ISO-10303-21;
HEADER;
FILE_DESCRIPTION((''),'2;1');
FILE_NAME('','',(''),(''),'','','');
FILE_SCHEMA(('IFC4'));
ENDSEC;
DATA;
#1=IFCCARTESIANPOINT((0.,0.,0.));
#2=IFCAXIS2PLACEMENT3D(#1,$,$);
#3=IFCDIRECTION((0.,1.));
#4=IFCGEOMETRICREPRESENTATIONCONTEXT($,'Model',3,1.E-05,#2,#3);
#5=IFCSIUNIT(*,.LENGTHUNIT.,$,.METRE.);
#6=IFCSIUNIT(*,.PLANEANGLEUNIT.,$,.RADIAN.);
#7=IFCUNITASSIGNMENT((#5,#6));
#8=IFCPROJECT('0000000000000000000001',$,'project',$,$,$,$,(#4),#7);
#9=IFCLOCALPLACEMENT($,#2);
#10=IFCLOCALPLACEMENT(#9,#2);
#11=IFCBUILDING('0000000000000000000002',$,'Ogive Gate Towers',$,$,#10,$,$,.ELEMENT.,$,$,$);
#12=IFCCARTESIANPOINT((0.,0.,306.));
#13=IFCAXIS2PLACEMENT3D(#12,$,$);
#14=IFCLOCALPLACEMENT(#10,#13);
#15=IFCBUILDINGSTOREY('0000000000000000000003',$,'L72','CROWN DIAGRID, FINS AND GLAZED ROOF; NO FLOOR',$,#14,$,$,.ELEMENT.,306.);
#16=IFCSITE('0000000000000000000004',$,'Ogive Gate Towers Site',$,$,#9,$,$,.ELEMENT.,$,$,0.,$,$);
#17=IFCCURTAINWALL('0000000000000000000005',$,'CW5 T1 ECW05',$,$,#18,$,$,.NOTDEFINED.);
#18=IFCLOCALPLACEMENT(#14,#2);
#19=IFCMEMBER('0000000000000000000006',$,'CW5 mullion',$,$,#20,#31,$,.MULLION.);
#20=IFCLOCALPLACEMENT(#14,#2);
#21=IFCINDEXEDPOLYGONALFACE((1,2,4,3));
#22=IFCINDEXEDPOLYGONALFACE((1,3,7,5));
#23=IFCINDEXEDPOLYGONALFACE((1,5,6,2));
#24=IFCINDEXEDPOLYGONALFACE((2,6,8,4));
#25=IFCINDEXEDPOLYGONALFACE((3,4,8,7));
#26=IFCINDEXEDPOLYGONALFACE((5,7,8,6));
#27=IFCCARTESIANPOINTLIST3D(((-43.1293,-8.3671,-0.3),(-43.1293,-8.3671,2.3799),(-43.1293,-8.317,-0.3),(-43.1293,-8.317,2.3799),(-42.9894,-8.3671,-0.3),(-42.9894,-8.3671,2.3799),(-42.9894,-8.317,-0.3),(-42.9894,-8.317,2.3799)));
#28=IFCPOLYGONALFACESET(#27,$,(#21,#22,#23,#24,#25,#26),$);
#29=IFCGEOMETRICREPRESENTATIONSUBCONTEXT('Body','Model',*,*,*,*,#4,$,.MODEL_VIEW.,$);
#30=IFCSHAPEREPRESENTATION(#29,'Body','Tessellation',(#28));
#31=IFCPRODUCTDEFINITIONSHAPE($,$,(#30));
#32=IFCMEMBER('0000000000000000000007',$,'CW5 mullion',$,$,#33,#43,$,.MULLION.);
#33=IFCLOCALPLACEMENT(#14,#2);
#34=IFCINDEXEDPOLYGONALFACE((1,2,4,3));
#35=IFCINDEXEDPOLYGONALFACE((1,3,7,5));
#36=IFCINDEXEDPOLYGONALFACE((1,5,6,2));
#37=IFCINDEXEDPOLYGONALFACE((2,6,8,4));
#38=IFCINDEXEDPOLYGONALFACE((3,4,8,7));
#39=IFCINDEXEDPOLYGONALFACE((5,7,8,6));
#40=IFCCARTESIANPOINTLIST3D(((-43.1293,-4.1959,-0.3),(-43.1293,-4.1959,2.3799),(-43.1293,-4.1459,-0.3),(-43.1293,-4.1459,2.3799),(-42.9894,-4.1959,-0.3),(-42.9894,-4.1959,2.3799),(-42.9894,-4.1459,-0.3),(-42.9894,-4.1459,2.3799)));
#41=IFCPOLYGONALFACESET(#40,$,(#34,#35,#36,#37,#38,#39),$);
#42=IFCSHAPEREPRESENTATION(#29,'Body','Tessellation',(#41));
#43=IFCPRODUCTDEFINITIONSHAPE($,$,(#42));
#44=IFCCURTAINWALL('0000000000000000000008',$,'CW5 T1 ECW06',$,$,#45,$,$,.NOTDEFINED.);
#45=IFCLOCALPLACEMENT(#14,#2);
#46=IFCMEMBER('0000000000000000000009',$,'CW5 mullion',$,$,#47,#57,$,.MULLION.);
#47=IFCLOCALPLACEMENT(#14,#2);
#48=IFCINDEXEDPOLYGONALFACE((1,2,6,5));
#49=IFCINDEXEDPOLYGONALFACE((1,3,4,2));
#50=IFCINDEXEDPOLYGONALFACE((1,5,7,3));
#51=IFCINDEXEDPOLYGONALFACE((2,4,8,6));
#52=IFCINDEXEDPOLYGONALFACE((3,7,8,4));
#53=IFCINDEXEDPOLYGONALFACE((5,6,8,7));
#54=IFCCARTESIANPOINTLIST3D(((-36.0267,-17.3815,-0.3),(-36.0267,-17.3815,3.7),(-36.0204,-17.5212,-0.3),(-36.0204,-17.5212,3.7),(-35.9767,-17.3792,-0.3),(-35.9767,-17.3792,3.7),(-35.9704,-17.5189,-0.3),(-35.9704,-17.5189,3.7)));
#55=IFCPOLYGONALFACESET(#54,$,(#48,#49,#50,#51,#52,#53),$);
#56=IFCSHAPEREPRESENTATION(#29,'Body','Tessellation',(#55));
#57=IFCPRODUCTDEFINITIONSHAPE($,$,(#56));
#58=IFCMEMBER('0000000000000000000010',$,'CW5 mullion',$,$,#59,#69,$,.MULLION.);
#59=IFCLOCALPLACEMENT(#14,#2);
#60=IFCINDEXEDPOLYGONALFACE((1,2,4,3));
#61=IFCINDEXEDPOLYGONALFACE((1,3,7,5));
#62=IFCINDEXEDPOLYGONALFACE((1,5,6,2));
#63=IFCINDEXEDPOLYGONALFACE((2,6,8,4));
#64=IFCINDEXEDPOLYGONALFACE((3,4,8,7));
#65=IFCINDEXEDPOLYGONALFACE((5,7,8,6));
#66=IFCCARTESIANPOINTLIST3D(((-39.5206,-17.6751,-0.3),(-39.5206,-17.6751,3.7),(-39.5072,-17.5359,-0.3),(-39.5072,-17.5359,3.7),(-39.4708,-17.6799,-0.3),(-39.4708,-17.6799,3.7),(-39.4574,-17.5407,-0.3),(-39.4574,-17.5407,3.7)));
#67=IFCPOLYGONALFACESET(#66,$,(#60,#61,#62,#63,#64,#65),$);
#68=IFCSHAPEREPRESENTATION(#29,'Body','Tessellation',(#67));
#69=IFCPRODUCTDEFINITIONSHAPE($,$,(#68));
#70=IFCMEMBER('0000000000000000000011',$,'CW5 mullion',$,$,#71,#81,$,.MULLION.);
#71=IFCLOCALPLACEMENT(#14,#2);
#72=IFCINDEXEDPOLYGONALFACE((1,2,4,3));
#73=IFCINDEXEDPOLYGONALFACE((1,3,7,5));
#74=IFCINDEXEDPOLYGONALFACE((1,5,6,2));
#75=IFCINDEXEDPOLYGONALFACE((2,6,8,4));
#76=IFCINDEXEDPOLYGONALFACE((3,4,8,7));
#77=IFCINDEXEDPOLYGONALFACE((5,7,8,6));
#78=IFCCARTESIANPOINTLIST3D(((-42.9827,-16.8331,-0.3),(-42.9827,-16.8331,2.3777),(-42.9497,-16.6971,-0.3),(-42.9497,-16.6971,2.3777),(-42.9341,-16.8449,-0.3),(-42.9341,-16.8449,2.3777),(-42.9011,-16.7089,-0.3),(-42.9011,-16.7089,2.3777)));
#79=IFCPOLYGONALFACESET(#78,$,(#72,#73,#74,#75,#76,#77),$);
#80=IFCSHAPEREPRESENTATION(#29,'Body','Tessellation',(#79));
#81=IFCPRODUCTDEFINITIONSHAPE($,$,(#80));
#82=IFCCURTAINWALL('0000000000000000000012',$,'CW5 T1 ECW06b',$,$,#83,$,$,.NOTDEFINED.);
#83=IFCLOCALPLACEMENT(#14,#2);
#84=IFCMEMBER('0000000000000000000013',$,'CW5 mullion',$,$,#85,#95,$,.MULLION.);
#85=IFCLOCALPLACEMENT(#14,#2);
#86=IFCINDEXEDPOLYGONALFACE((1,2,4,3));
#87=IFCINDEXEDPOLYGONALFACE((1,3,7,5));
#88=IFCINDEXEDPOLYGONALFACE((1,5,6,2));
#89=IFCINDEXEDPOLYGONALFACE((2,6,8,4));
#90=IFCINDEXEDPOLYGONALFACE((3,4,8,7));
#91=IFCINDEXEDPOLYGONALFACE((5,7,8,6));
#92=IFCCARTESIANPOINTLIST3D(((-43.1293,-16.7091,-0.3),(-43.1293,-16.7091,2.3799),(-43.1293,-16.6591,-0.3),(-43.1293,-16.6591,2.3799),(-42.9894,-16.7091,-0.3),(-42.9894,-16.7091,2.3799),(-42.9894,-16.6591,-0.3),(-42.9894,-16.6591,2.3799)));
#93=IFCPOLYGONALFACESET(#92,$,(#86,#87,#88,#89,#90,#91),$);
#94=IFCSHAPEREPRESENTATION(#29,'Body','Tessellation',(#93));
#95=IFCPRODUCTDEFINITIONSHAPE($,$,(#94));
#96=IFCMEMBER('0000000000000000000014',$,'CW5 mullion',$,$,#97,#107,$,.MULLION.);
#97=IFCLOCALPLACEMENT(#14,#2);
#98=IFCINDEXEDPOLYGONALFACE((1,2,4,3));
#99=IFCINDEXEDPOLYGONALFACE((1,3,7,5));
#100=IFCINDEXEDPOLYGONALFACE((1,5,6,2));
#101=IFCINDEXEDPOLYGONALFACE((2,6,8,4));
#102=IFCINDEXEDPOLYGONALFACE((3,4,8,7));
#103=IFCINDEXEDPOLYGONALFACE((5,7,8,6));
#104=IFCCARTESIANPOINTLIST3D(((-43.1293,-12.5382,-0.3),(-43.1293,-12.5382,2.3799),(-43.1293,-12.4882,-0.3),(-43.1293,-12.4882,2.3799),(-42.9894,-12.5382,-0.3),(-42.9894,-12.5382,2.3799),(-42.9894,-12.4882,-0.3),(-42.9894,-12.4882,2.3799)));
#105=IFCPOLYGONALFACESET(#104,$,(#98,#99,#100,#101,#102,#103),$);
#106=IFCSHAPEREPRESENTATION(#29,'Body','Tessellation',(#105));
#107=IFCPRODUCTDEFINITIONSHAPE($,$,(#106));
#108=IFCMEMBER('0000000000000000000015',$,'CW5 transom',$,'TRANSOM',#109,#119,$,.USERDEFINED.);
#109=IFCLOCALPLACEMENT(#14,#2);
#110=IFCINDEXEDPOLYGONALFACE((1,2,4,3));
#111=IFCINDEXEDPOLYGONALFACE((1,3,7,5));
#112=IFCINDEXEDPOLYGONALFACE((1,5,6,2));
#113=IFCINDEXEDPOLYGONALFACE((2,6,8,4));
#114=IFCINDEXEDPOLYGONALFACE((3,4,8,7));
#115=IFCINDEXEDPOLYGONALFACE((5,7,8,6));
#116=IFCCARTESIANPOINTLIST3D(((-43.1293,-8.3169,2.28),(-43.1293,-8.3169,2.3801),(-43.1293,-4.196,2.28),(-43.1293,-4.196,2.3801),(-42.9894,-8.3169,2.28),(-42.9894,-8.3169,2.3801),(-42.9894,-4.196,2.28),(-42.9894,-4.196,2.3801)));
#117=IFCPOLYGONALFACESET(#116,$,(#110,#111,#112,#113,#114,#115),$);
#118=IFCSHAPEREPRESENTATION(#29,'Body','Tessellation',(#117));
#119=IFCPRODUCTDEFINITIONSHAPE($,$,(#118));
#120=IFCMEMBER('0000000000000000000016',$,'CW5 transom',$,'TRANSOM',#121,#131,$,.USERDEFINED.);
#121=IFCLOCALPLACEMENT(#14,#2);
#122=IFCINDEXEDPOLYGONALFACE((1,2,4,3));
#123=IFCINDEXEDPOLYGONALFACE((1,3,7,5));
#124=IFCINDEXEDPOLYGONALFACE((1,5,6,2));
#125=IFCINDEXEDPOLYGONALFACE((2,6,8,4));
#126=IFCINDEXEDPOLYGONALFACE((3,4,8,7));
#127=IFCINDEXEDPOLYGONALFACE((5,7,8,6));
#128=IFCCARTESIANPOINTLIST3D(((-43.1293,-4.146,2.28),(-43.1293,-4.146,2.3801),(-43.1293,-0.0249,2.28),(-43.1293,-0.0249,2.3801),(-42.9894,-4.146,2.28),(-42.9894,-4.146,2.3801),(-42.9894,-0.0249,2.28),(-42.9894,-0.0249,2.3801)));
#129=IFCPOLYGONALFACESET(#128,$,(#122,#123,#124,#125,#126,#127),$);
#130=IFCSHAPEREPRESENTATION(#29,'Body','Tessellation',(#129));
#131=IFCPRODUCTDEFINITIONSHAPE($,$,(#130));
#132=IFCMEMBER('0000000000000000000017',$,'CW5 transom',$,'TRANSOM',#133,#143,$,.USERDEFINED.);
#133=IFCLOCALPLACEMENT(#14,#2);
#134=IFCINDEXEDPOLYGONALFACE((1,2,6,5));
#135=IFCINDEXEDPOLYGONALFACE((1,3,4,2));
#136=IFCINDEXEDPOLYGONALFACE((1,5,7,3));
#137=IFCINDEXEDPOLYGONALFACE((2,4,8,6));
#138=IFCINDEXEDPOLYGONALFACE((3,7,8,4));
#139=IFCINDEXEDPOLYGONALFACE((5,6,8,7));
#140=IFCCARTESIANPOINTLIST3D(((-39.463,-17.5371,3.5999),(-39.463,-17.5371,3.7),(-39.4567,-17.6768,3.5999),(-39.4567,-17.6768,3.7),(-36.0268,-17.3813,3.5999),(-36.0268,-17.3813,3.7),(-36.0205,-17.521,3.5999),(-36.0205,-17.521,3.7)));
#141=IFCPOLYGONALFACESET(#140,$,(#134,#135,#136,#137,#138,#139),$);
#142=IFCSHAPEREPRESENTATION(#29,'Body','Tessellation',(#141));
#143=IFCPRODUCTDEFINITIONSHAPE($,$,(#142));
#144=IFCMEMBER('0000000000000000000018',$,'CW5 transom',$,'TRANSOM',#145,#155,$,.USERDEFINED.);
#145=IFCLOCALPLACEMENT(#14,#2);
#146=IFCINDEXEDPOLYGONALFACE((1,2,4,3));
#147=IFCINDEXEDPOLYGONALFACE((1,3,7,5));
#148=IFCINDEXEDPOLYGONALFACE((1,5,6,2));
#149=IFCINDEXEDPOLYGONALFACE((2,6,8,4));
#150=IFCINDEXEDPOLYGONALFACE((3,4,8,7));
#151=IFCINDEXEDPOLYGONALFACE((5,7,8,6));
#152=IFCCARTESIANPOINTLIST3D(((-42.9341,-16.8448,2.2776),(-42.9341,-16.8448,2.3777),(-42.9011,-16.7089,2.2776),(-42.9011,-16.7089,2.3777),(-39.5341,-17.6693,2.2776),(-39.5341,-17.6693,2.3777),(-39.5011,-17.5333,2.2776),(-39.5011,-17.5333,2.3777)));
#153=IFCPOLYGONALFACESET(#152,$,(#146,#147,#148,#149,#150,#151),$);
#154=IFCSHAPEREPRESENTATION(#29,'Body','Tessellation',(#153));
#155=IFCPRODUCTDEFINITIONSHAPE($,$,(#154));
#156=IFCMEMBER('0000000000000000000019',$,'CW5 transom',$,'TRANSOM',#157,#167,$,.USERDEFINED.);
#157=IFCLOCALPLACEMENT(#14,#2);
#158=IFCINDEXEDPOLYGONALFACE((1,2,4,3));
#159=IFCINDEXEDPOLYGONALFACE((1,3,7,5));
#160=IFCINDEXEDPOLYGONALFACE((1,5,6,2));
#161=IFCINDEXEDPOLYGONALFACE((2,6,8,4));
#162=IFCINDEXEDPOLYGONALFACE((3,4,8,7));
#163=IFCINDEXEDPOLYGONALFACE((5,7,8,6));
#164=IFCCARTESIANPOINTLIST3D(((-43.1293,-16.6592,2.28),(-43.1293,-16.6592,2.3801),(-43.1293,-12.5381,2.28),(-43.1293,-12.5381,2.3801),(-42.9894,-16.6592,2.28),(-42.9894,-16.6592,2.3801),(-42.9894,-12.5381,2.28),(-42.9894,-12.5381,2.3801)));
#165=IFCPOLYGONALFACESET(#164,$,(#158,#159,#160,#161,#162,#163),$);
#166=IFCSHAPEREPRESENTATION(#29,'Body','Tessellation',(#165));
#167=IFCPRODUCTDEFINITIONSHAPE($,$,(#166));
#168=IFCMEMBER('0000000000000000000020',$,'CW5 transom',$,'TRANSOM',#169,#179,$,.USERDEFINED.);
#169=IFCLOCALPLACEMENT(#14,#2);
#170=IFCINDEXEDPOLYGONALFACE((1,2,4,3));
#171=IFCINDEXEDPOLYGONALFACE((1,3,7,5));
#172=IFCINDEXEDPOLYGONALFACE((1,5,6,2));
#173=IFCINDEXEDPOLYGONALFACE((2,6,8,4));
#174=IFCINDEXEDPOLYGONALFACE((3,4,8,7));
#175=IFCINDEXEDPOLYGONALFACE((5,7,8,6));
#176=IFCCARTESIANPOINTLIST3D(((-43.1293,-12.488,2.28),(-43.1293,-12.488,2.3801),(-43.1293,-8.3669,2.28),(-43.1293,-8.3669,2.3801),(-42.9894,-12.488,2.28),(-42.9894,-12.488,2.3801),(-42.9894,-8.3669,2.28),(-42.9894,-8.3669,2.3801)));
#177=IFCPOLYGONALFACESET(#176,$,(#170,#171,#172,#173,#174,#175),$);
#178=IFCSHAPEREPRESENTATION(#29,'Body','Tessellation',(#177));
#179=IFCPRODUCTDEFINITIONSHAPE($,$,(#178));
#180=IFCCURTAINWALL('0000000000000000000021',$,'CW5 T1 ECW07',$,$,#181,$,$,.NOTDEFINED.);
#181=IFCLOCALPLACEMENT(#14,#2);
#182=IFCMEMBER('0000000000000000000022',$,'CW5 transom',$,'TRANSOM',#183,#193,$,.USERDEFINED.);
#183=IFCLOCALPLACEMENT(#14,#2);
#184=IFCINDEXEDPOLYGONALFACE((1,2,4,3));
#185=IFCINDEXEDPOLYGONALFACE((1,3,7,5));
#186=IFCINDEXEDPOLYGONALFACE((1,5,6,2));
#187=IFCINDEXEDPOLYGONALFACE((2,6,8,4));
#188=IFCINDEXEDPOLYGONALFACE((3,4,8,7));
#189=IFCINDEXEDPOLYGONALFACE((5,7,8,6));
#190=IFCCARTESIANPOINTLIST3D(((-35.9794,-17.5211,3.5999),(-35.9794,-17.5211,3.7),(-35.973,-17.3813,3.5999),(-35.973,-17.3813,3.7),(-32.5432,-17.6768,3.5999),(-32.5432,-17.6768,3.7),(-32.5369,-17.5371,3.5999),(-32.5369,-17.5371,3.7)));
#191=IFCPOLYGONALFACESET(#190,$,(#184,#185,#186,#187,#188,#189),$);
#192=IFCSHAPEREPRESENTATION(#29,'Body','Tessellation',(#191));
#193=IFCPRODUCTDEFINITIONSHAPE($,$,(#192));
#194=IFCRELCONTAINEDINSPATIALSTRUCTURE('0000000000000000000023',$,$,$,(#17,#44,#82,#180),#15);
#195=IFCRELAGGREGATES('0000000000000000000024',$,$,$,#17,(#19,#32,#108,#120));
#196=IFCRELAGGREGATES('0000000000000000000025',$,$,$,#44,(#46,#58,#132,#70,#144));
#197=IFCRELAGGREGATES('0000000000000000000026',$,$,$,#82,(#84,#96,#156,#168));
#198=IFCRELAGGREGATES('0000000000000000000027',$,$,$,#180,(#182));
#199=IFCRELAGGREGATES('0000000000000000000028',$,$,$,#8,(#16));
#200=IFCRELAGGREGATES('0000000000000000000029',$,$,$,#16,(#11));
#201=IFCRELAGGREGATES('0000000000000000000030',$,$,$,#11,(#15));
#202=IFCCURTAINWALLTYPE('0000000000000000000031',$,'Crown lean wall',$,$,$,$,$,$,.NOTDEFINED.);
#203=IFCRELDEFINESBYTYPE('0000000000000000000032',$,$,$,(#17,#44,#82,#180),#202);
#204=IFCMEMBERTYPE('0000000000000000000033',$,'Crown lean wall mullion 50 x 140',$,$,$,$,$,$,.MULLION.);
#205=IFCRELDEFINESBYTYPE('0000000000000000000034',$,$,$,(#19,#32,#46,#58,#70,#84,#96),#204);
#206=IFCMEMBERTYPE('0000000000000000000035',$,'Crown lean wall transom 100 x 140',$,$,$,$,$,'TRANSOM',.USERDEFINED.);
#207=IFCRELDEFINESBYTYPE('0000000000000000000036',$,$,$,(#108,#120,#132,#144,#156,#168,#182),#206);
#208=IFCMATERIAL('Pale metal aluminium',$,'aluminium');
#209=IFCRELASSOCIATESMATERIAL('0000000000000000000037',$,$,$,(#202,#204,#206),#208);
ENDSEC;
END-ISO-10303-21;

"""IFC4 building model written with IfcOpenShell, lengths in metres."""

from ifc_helpers import new_model, si_unit, direction, frame, origin, origin_2d, place, context, subcontext, project, spatial, rectangle, extrude, material, material_profile, profile_set, type_object, element, aggregate, save


model = new_model("IFC4")

# Units and contexts
model_context = context("Model", 3, precision=1e-05, world=origin(), true_north=direction((0.0, 1.0)))
body_context = subcontext(model_context, "Body", "Model", "MODEL_VIEW")
ifc_project = project(units=[si_unit("LENGTHUNIT", "METRE"), si_unit("PLANEANGLEUNIT", "RADIAN")], contexts=[model_context])

# Site, building, storey
site_placement = place(None, origin())
site = spatial("IfcSite", under=ifc_project, at=site_placement, Name="Ogive Gate Towers Site", CompositionType="ELEMENT", RefElevation=0.0)
building_placement = place(site_placement, origin())
building = spatial("IfcBuilding", under=site, at=building_placement, Name="Ogive Gate Towers", CompositionType="ELEMENT")
storey_placement = place(building_placement, frame((0.0, 0.0, 306.0)))
storey = spatial("IfcBuildingStorey", under=building, at=storey_placement, Name="L72", Description="CROWN DIAGRID, FINS AND GLAZED ROOF; NO FLOOR", CompositionType="ELEMENT", Elevation=306.0)

# Curtain walls, members
ifc_material_1 = material(Name="Pale metal aluminium", Category="aluminium")
curtain_wall_type = type_object("IfcCurtainWallType", Name="Crown lean wall", PredefinedType="NOTDEFINED", material=ifc_material_1)
curtain_wall_1_placement = place(storey_placement, origin())
curtain_wall_1 = element("IfcCurtainWall", 1, at=curtain_wall_1_placement, inside=storey, type_object=curtain_wall_type, Name="CW5 T1 ECW05", PredefinedType="NOTDEFINED")
ifc_material_profile_1 = material_profile(ifc_material_1, rectangle(XDim=0.1399, YDim=0.05, at=origin_2d()), Name="50 x 140 aluminium box")
ifc_profile_set_1 = profile_set([ifc_material_profile_1], Name="Pale metal aluminium")
member_type_1 = type_object("IfcMemberType", Name="Crown lean wall mullion 50 x 140", PredefinedType="MULLION", material=ifc_profile_set_1)
member_1_placement = place(storey_placement, frame((-43.0593, -8.342, -0.3), z_axis=(0.0, 0.0, 1.0), x_axis=(1.0, 0.0, 0.0)))
member_1 = element("IfcMember", 2, at=member_1_placement, type_object=member_type_1, Name="CW5 mullion", PredefinedType="MULLION", context=body_context, shape_type="SweptSolid", body=[
    extrude(rectangle(XDim=0.1399, YDim=0.05, at=origin_2d()), origin(), (0.0, 0.0, 1.0), 2.6799),
])
member_2_placement = place(storey_placement, frame((-43.0593, -4.1709, -0.3), z_axis=(0.0, 0.0, 1.0), x_axis=(1.0, 0.0, 0.0)))
member_2 = element("IfcMember", 3, at=member_2_placement, type_object=member_type_1, Name="CW5 mullion", PredefinedType="MULLION", context=body_context, shape_type="SweptSolid", body=[
    extrude(rectangle(XDim=0.1399, YDim=0.05, at=origin_2d()), origin(), (0.0, 0.0, 1.0), 2.6799),
])
curtain_wall_2_placement = place(storey_placement, origin())
curtain_wall_2 = element("IfcCurtainWall", 4, at=curtain_wall_2_placement, inside=storey, type_object=curtain_wall_type, Name="CW5 T1 ECW06", PredefinedType="NOTDEFINED")
member_3_placement = place(storey_placement, frame((-35.9985, -17.4502, -0.3), z_axis=(0.0, 0.0, 1.0), x_axis=(-0.045276, 0.998975, 0.0)))
member_3 = element("IfcMember", 5, at=member_3_placement, type_object=member_type_1, Name="CW5 mullion", PredefinedType="MULLION", context=body_context, shape_type="SweptSolid", body=[
    extrude(rectangle(XDim=0.1399, YDim=0.05, at=origin_2d()), origin(), (0.0, 0.0, 1.0), 4.0),
])
member_4_placement = place(storey_placement, frame((-39.489, -17.6079, -0.3), z_axis=(0.0, 0.0, 1.0), x_axis=(0.096158, 0.995366, 0.0)))
member_4 = element("IfcMember", 6, at=member_4_placement, type_object=member_type_1, Name="CW5 mullion", PredefinedType="MULLION", context=body_context, shape_type="SweptSolid", body=[
    extrude(rectangle(XDim=0.1399, YDim=0.05, at=origin_2d()), origin(), (0.0, 0.0, 1.0), 4.0),
])
member_5_placement = place(storey_placement, frame((-42.9419, -16.771, -0.3), z_axis=(0.0, 0.0, 1.0), x_axis=(0.235685, 0.97183, 0.0)))
member_5 = element("IfcMember", 7, at=member_5_placement, type_object=member_type_1, Name="CW5 mullion", PredefinedType="MULLION", context=body_context, shape_type="SweptSolid", body=[
    extrude(rectangle(XDim=0.1399, YDim=0.05, at=origin_2d()), origin(), (0.0, 0.0, 1.0), 2.6777),
])
curtain_wall_3_placement = place(storey_placement, origin())
curtain_wall_3 = element("IfcCurtainWall", 8, at=curtain_wall_3_placement, inside=storey, type_object=curtain_wall_type, Name="CW5 T1 ECW06b", PredefinedType="NOTDEFINED")
member_6_placement = place(storey_placement, frame((-43.0593, -16.6841, -0.3), z_axis=(0.0, 0.0, 1.0), x_axis=(1.0, 0.0, 0.0)))
member_6 = element("IfcMember", 9, at=member_6_placement, type_object=member_type_1, Name="CW5 mullion", PredefinedType="MULLION", context=body_context, shape_type="SweptSolid", body=[
    extrude(rectangle(XDim=0.1399, YDim=0.05, at=origin_2d()), origin(), (0.0, 0.0, 1.0), 2.6799),
])
member_7_placement = place(storey_placement, frame((-43.0593, -12.5132, -0.3), z_axis=(0.0, 0.0, 1.0), x_axis=(1.0, 0.0, 0.0)))
member_7 = element("IfcMember", 10, at=member_7_placement, type_object=member_type_1, Name="CW5 mullion", PredefinedType="MULLION", context=body_context, shape_type="SweptSolid", body=[
    extrude(rectangle(XDim=0.1399, YDim=0.05, at=origin_2d()), origin(), (0.0, 0.0, 1.0), 2.6799),
])

# Members
ifc_material_profile_2 = material_profile(ifc_material_1, rectangle(XDim=0.1399, YDim=0.1001, at=origin_2d()), Name="100 x 140 aluminium box")
ifc_profile_set_2 = profile_set([ifc_material_profile_2], Name="Pale metal aluminium")
member_type_2 = type_object("IfcMemberType", Name="Crown lean wall transom 100 x 140", ElementType="TRANSOM", PredefinedType="USERDEFINED", material=ifc_profile_set_2)
member_8_placement = place(storey_placement, frame((-43.0593, -8.3169, 2.3301), z_axis=(0.0, 1.0, 0.0), x_axis=(-1.0, 0.0, 0.0)))
member_8 = element("IfcMember", 11, at=member_8_placement, type_object=member_type_2, Name="CW5 transom", ObjectType="TRANSOM", PredefinedType="USERDEFINED", context=body_context, shape_type="SweptSolid", body=[
    extrude(rectangle(XDim=0.1399, YDim=0.1001, at=origin_2d()), origin(), (0.0, 0.0, 1.0), 4.1208),
])
member_9_placement = place(storey_placement, frame((-43.0593, -4.146, 2.3301), z_axis=(0.0, 1.0, 0.0), x_axis=(-1.0, 0.0, 0.0)))
member_9 = element("IfcMember", 12, at=member_9_placement, type_object=member_type_2, Name="CW5 transom", ObjectType="TRANSOM", PredefinedType="USERDEFINED", context=body_context, shape_type="SweptSolid", body=[
    extrude(rectangle(XDim=0.1399, YDim=0.1001, at=origin_2d()), origin(), (0.0, 0.0, 1.0), 4.1211),
])
member_10_placement = place(storey_placement, frame((-36.0237, -17.4512, 3.6499), z_axis=(-0.998974, -0.045282, 0.0), x_axis=(0.045282, -0.998974, 0.0)))
member_10 = element("IfcMember", 13, at=member_10_placement, type_object=member_type_2, Name="CW5 transom", ObjectType="TRANSOM", PredefinedType="USERDEFINED", context=body_context, shape_type="SweptSolid", body=[
    extrude(rectangle(XDim=0.1399, YDim=0.1001, at=origin_2d()), origin(), (0.0, 0.0, 1.0), 3.4397),
])
member_11_placement = place(storey_placement, frame((-39.5176, -17.6013, 2.3276), z_axis=(-0.971834, 0.235666, 0.0), x_axis=(-0.235666, -0.971834, 0.0)))
member_11 = element("IfcMember", 14, at=member_11_placement, type_object=member_type_2, Name="CW5 transom", ObjectType="TRANSOM", PredefinedType="USERDEFINED", context=body_context, shape_type="SweptSolid", body=[
    extrude(rectangle(XDim=0.1399, YDim=0.1001, at=origin_2d()), origin(), (0.0, 0.0, 1.0), 3.4985),
])
member_12_placement = place(storey_placement, frame((-43.0593, -16.6592, 2.3301), z_axis=(0.0, 1.0, 0.0), x_axis=(-1.0, 0.0, 0.0)))
member_12 = element("IfcMember", 15, at=member_12_placement, type_object=member_type_2, Name="CW5 transom", ObjectType="TRANSOM", PredefinedType="USERDEFINED", context=body_context, shape_type="SweptSolid", body=[
    extrude(rectangle(XDim=0.1399, YDim=0.1001, at=origin_2d()), origin(), (0.0, 0.0, 1.0), 4.1211),
])
member_13_placement = place(storey_placement, frame((-43.0593, -12.488, 2.3301), z_axis=(0.0, 1.0, 0.0), x_axis=(-1.0, 0.0, 0.0)))
member_13 = element("IfcMember", 16, at=member_13_placement, type_object=member_type_2, Name="CW5 transom", ObjectType="TRANSOM", PredefinedType="USERDEFINED", context=body_context, shape_type="SweptSolid", body=[
    extrude(rectangle(XDim=0.1399, YDim=0.1001, at=origin_2d()), origin(), (0.0, 0.0, 1.0), 4.1211),
])

# Curtain wall, member
curtain_wall_4_placement = place(storey_placement, origin())
curtain_wall_4 = element("IfcCurtainWall", 17, at=curtain_wall_4_placement, inside=storey, type_object=curtain_wall_type, Name="CW5 T1 ECW07", PredefinedType="NOTDEFINED")
member_14_placement = place(storey_placement, frame((-32.54, -17.6069, 3.6499), z_axis=(-0.998974, 0.045282, 0.0), x_axis=(-0.045282, -0.998974, 0.0)))
member_14 = element("IfcMember", 18, at=member_14_placement, type_object=member_type_2, Name="CW5 transom", ObjectType="TRANSOM", PredefinedType="USERDEFINED", context=body_context, shape_type="SweptSolid", body=[
    extrude(rectangle(XDim=0.1399, YDim=0.1001, at=origin_2d()), origin(), (0.0, 0.0, 1.0), 3.4397),
])

aggregate(curtain_wall_1, [member_1, member_2, member_8, member_9])
aggregate(curtain_wall_2, [member_3, member_4, member_10, member_5, member_11])
aggregate(curtain_wall_3, [member_6, member_7, member_12, member_13])
aggregate(curtain_wall_4, [member_14])

save(model, "model.ifc")
